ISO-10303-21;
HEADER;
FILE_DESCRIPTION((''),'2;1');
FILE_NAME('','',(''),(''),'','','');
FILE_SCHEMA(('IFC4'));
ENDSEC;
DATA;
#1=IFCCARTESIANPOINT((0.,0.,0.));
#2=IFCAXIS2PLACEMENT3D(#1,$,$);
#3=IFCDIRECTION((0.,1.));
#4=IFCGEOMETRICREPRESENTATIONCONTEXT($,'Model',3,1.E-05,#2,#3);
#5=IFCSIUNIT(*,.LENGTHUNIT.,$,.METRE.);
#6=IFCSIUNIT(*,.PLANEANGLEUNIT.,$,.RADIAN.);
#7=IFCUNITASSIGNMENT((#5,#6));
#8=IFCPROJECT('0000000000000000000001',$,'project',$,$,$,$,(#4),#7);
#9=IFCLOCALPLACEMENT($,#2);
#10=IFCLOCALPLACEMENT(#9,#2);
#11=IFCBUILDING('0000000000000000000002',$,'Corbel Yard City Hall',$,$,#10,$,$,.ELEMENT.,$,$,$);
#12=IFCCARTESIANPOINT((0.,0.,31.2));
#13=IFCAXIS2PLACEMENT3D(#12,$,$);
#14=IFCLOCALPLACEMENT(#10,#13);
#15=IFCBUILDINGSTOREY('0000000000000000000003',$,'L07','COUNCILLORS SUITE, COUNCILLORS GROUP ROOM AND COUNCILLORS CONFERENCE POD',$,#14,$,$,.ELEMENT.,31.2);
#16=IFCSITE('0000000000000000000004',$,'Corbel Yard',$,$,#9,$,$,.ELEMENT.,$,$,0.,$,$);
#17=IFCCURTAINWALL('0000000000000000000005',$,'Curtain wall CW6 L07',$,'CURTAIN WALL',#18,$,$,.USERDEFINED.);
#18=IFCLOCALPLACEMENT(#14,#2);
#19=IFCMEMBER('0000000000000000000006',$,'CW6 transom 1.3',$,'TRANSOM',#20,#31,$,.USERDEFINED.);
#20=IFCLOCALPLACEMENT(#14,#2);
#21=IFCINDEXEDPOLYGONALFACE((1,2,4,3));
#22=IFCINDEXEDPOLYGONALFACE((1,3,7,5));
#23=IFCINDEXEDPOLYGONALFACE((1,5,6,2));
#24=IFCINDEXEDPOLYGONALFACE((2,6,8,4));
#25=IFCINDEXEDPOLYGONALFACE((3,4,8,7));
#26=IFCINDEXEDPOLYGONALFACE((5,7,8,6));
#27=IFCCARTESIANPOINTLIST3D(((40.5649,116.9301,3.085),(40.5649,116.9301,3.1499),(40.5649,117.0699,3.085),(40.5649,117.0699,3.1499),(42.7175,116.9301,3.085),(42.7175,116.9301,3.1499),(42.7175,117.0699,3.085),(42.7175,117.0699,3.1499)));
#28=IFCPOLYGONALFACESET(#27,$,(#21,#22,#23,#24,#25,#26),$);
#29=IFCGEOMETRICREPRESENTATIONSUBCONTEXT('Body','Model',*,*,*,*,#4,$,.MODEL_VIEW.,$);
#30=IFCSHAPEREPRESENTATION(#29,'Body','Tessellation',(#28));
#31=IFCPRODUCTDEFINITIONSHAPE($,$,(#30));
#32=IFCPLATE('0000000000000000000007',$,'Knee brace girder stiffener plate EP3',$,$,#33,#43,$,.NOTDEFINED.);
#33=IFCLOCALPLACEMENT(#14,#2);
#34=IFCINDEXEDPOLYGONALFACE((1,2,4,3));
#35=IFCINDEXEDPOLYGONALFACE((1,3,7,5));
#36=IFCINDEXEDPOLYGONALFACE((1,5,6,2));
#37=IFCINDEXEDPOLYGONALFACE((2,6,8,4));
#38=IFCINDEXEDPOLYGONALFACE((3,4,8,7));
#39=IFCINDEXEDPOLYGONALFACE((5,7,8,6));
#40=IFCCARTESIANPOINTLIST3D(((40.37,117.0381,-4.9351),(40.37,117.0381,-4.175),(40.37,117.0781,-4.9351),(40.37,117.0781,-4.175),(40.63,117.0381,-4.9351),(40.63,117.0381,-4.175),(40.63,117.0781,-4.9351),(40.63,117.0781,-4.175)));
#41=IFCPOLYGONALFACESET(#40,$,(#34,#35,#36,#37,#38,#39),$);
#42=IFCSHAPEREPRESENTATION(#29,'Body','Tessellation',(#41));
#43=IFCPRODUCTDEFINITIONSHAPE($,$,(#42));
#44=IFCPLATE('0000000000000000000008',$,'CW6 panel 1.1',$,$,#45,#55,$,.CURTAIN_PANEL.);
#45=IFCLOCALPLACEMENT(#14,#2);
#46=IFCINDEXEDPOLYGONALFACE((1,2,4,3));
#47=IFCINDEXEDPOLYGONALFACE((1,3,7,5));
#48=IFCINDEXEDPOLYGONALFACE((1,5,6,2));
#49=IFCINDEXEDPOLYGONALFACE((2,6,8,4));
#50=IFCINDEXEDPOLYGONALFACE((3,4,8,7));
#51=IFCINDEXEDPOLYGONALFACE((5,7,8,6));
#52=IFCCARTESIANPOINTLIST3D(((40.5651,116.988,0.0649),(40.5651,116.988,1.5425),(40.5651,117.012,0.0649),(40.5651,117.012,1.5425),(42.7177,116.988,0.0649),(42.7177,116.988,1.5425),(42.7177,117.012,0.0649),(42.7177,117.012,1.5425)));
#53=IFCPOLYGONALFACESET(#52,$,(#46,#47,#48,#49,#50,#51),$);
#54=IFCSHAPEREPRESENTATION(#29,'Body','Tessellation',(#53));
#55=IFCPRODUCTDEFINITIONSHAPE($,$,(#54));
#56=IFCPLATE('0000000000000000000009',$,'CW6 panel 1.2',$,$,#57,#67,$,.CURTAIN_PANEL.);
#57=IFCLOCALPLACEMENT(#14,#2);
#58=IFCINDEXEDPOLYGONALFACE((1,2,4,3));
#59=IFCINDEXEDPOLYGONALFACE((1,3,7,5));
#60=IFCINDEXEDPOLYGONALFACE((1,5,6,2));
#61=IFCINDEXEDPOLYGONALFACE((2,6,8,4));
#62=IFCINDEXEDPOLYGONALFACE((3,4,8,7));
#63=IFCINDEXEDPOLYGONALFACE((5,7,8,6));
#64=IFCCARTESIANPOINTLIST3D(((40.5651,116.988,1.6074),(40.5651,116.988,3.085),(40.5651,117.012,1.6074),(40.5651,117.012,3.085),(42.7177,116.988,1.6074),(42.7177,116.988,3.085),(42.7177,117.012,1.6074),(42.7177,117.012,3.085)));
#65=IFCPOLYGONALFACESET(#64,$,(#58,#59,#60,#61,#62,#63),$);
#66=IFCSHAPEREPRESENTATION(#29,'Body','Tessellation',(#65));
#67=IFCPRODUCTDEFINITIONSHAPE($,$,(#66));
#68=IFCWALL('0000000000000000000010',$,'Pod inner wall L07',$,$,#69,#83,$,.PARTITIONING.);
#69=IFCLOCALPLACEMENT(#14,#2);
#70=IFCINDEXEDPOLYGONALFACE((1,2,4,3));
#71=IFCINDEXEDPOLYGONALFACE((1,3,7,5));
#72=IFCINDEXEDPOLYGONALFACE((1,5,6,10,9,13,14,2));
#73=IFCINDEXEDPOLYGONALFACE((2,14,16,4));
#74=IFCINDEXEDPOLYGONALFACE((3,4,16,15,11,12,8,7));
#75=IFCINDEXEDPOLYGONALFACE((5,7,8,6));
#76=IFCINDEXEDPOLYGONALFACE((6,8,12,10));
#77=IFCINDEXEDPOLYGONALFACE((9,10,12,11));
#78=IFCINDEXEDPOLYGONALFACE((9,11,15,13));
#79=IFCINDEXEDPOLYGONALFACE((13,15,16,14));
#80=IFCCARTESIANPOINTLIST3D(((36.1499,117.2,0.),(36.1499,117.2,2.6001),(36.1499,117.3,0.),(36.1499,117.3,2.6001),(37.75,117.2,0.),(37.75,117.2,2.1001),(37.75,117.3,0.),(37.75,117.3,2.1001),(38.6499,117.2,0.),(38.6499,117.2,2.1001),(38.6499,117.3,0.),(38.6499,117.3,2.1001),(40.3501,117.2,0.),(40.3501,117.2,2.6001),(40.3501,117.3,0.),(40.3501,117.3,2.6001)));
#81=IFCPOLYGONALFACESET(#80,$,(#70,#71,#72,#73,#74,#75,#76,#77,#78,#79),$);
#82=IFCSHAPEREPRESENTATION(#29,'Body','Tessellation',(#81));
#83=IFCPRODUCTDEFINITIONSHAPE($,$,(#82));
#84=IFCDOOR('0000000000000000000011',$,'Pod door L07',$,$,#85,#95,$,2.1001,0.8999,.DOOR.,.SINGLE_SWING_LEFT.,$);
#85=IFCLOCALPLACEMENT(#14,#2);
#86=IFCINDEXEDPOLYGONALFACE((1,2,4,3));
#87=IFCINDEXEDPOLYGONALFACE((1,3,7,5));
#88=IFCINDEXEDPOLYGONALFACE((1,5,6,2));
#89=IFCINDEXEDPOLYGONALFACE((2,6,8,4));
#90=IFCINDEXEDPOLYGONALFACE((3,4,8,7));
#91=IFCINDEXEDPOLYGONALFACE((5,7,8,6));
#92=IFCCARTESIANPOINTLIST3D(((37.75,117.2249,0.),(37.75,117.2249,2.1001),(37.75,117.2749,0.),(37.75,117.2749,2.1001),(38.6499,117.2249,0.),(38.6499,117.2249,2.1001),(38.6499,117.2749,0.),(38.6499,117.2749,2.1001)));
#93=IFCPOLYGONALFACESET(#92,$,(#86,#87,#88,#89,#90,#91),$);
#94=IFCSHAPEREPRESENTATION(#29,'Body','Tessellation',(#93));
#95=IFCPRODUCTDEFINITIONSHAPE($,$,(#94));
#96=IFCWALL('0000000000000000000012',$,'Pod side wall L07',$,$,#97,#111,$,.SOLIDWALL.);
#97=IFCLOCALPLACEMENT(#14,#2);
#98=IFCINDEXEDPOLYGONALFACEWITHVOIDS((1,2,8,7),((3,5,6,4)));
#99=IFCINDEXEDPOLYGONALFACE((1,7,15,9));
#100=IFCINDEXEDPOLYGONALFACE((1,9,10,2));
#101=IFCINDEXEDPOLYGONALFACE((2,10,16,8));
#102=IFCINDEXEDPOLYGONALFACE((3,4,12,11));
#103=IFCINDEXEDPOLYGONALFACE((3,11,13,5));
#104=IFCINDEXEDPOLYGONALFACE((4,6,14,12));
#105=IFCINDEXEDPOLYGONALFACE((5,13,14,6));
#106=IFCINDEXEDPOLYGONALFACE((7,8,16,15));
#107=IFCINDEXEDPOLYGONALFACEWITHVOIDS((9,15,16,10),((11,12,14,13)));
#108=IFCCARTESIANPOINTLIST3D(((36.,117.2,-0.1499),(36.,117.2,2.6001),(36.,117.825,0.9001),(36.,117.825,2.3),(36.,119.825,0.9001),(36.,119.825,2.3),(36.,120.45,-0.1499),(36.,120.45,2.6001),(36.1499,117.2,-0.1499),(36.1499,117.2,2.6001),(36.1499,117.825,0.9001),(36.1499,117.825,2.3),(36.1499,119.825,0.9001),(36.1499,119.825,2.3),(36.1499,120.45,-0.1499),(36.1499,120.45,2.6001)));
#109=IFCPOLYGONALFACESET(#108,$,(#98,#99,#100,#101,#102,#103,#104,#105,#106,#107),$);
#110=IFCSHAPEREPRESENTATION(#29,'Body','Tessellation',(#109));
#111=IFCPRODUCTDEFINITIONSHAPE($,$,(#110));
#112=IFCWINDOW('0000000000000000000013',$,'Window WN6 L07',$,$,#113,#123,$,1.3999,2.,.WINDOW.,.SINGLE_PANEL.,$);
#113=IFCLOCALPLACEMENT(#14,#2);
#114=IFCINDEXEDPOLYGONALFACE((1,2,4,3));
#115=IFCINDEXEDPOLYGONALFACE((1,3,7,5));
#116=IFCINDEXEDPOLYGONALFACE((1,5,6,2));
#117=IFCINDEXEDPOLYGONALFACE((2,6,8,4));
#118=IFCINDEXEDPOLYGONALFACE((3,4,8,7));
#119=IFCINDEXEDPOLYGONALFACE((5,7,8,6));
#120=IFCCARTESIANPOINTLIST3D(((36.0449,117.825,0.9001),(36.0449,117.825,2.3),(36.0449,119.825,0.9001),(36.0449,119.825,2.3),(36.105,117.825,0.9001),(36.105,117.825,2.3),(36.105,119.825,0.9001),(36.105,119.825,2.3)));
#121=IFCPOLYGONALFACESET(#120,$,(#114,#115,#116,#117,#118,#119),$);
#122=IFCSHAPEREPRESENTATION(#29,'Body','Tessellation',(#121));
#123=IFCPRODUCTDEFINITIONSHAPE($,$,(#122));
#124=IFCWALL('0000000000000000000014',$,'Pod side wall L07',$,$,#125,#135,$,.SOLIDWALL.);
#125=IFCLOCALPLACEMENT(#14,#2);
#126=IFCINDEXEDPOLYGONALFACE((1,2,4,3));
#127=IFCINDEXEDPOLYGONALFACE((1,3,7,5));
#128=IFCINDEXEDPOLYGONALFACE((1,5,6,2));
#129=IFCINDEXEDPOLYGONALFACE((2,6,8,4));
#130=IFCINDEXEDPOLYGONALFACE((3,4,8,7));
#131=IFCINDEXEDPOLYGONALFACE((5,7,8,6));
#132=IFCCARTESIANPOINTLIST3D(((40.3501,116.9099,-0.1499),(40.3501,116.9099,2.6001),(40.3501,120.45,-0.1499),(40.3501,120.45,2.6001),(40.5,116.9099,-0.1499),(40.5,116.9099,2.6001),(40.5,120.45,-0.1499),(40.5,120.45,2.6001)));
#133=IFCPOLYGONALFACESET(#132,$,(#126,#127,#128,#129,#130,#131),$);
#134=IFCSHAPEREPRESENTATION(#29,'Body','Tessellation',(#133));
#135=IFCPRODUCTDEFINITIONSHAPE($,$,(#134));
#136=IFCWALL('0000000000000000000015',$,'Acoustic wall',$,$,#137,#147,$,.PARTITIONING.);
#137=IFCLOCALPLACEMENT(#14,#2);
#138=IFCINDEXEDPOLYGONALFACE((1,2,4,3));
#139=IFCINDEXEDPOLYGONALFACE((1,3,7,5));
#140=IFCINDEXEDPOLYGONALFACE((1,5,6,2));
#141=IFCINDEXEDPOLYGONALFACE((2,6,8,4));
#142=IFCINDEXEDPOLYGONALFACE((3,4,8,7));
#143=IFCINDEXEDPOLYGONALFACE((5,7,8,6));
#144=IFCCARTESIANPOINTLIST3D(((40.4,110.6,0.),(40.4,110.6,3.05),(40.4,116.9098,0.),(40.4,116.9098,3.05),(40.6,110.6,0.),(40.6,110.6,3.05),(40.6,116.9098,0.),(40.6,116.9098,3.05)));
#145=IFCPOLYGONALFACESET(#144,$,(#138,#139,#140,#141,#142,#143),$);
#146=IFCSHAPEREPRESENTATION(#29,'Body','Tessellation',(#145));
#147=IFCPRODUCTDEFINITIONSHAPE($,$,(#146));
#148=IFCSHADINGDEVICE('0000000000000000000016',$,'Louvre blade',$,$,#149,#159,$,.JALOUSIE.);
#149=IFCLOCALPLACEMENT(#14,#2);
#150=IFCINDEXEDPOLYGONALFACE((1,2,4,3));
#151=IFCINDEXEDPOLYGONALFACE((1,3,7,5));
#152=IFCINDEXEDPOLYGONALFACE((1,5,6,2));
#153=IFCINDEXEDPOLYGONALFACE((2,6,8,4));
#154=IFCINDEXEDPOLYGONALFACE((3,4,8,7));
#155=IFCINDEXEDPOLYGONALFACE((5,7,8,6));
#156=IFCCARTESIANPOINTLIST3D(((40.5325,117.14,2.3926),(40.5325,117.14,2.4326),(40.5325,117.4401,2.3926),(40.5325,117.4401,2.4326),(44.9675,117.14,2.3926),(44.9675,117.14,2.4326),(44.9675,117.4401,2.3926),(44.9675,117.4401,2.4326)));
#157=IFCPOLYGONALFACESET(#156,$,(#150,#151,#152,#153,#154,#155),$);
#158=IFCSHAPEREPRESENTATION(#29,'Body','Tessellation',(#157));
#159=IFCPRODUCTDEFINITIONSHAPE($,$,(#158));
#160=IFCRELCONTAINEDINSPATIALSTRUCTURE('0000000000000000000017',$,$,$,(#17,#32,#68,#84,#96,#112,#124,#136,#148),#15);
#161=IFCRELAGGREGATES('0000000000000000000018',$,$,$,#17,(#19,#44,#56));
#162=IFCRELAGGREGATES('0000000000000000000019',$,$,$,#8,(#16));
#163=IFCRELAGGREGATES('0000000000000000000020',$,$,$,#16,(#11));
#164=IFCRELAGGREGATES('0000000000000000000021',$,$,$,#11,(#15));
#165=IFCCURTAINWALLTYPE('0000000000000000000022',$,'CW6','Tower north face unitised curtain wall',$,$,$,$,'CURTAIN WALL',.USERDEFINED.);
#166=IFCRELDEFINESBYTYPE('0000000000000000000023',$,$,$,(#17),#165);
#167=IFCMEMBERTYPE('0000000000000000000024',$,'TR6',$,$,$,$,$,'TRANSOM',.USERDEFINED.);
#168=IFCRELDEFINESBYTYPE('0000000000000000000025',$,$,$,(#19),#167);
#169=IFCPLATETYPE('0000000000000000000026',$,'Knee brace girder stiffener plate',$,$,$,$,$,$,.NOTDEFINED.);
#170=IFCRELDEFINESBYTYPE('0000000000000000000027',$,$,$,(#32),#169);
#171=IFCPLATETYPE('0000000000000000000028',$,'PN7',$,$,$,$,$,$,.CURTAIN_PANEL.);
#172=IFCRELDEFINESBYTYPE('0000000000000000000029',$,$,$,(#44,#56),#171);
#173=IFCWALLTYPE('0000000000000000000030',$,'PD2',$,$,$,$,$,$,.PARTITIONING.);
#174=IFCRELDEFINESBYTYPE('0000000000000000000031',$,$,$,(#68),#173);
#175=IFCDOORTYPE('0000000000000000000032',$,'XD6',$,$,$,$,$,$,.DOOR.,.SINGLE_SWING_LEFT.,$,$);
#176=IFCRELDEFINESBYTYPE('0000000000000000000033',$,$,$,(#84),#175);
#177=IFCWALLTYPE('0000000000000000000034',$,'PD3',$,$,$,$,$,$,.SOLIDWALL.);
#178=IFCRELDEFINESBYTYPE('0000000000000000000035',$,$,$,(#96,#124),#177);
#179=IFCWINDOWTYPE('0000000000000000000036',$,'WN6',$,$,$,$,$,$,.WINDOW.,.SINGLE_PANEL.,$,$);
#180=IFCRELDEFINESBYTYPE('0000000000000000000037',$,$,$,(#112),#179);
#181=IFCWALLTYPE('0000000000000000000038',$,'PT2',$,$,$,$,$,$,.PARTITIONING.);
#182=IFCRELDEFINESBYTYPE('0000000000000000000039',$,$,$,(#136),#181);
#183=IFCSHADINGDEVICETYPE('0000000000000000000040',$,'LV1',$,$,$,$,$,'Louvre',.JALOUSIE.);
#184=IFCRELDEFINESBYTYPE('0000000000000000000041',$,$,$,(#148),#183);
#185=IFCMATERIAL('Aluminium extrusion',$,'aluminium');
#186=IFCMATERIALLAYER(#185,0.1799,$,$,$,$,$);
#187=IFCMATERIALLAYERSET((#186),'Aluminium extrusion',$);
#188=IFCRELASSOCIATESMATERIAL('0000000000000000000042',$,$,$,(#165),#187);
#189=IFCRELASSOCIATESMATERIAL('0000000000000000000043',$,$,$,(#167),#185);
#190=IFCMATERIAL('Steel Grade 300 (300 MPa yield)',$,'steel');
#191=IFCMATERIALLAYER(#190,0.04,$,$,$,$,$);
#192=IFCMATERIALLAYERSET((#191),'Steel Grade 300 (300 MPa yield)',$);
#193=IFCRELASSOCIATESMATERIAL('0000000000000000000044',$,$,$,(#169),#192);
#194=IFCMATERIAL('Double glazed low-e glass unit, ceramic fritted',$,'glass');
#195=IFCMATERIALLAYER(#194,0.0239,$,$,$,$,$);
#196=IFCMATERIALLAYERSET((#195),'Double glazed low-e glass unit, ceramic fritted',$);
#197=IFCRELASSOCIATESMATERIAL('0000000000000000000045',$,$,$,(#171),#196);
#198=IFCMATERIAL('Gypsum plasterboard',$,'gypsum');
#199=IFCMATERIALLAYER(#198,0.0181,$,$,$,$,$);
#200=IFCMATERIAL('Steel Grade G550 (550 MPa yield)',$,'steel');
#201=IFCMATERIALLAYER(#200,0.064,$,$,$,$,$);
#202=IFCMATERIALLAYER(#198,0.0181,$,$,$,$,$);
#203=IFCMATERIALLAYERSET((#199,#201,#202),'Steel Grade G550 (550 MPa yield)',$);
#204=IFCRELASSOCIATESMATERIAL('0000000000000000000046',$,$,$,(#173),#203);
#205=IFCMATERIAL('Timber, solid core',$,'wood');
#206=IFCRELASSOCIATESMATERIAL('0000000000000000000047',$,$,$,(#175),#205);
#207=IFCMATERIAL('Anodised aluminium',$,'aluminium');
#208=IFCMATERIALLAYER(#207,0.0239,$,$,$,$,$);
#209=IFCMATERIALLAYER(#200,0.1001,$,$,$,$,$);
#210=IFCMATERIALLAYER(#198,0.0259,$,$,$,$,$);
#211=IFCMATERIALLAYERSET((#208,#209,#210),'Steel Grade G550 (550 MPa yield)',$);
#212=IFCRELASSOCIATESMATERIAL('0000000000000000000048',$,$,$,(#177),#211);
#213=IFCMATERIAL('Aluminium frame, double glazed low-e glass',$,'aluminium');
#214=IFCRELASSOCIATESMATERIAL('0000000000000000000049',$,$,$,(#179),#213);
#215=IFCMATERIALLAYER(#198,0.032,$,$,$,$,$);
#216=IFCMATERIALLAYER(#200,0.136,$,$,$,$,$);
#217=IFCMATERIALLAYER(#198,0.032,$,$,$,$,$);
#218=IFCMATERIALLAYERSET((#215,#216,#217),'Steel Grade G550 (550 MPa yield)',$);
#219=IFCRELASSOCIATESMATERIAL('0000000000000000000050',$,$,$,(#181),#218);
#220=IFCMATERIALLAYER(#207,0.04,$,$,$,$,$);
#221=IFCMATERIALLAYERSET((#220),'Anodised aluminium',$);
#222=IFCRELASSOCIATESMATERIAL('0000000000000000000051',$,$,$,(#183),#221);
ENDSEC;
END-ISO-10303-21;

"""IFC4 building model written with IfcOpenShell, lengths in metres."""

from ifc_helpers import new_model, si_unit, direction, frame, frame_2d, origin, origin_2d, place, context, subcontext, project, spatial, rectangle, extrude, material, layer, layer_set, material_profile, profile_set, type_object, element, fill, aggregate, save


model = new_model("IFC4")

# Units and contexts
model_context = context("Model", 3, precision=1e-05, world=origin(), true_north=direction((0.0, 1.0)))
body_context = subcontext(model_context, "Body", "Model", "MODEL_VIEW")
ifc_project = project(units=[si_unit("LENGTHUNIT", "METRE"), si_unit("PLANEANGLEUNIT", "RADIAN")], contexts=[model_context])

# Site, building, storey
site_placement = place(None, origin())
site = spatial("IfcSite", under=ifc_project, at=site_placement, Name="Corbel Yard", CompositionType="ELEMENT", RefElevation=0.0)
building_placement = place(site_placement, origin())
building = spatial("IfcBuilding", under=site, at=building_placement, Name="Corbel Yard City Hall", CompositionType="ELEMENT")
storey_placement = place(building_placement, frame((0.0, 0.0, 31.2)))
storey = spatial("IfcBuildingStorey", under=building, at=storey_placement, Name="L07", Description="COUNCILLORS SUITE, COUNCILLORS GROUP ROOM AND COUNCILLORS CONFERENCE POD", CompositionType="ELEMENT", Elevation=31.2)

# Curtain wall
ifc_material_1 = material(Name="Aluminium extrusion", Category="aluminium")
ifc_layer_1 = layer(ifc_material_1, 0.1799)
ifc_layer_set_1 = layer_set([ifc_layer_1], Name="Aluminium extrusion")
curtain_wall_type = type_object("IfcCurtainWallType", Name="CW6", Description="Tower north face unitised curtain wall", ElementType="CURTAIN WALL", PredefinedType="USERDEFINED", material=ifc_layer_set_1)
curtain_wall_placement = place(storey_placement, origin())
curtain_wall = element("IfcCurtainWall", 1, at=curtain_wall_placement, inside=storey, type_object=curtain_wall_type, Name="Curtain wall CW6 L07", ObjectType="CURTAIN WALL", PredefinedType="USERDEFINED")

# Shared definitions
ifc_material_2 = material(Name="Steel Grade 300 (300 MPa yield)", Category="steel")

# Member
ifc_material_profile_1 = material_profile(ifc_material_1, rectangle(XDim=0.1399, YDim=0.0649, at=origin_2d()), Name="140x65")
ifc_profile_set_1 = profile_set([ifc_material_profile_1], Name="Aluminium extrusion")
member_type_1 = type_object("IfcMemberType", Name="TR6", ElementType="TRANSOM", PredefinedType="USERDEFINED", material=ifc_profile_set_1)
member_1_placement = place(storey_placement, frame((40.5649, 117.0, 3.1174), z_axis=(1.0, 0.0, 0.0), x_axis=(0.0, 1.0, 0.0)))
member_1 = element("IfcMember", 2, at=member_1_placement, type_object=member_type_1, Name="CW6 transom 1.3", ObjectType="TRANSOM", PredefinedType="USERDEFINED", context=body_context, shape_type="SweptSolid", body=[
    extrude(rectangle(XDim=0.1399, YDim=0.0649, at=origin_2d()), origin(), (0.0, 0.0, 1.0), 2.1526),
])

# Plates
ifc_layer_2 = layer(ifc_material_2, 0.04)
ifc_layer_set_2 = layer_set([ifc_layer_2], Name="Steel Grade 300 (300 MPa yield)")
plate_type_1 = type_object("IfcPlateType", Name="Knee brace girder stiffener plate", PredefinedType="NOTDEFINED", material=ifc_layer_set_2)
plate_1_placement = place(storey_placement, frame((40.5, 117.0581, -4.9351), z_axis=(0.0, 0.0, 1.0), x_axis=(1.0, 0.0, 0.0)))
element("IfcPlate", 3, at=plate_1_placement, inside=storey, type_object=plate_type_1, Name="Knee brace girder stiffener plate EP3", PredefinedType="NOTDEFINED", context=body_context, shape_type="SweptSolid", body=[
    extrude(rectangle(XDim=0.26, YDim=0.04, at=origin_2d()), origin(), (0.0, 0.0, 1.0), 0.76),
])
ifc_material_3 = material(Name="Double glazed low-e glass unit, ceramic fritted", Category="glass")
ifc_layer_3 = layer(ifc_material_3, 0.0239)
ifc_layer_set_3 = layer_set([ifc_layer_3], Name="Double glazed low-e glass unit, ceramic fritted")
plate_type_2 = type_object("IfcPlateType", Name="PN7", PredefinedType="CURTAIN_PANEL", material=ifc_layer_set_3)
plate_2_placement = place(storey_placement, frame((41.6414, 117.0, 0.0649), z_axis=(0.0, 0.0, 1.0), x_axis=(1.0, 0.0, 0.0)))
plate_2 = element("IfcPlate", 4, at=plate_2_placement, type_object=plate_type_2, Name="CW6 panel 1.1", PredefinedType="CURTAIN_PANEL", context=body_context, shape_type="SweptSolid", body=[
    extrude(rectangle(XDim=2.1526, YDim=0.0239, at=origin_2d()), origin(), (0.0, 0.0, 1.0), 1.4775),
])
plate_3_placement = place(storey_placement, frame((41.6414, 117.0, 1.6074), z_axis=(0.0, 0.0, 1.0), x_axis=(1.0, 0.0, 0.0)))
plate_3 = element("IfcPlate", 5, at=plate_3_placement, type_object=plate_type_2, Name="CW6 panel 1.2", PredefinedType="CURTAIN_PANEL", context=body_context, shape_type="SweptSolid", body=[
    extrude(rectangle(XDim=2.1526, YDim=0.0239, at=origin_2d()), origin(), (0.0, 0.0, 1.0), 1.4775),
])
aggregate(curtain_wall, [member_1, plate_2, plate_3])

# Wall, opening, door
ifc_material_4 = material(Name="Gypsum plasterboard", Category="gypsum")
ifc_layer_4 = layer(ifc_material_4, 0.0181)
ifc_material_5 = material(Name="Steel Grade G550 (550 MPa yield)", Category="steel")
ifc_layer_5 = layer(ifc_material_5, 0.064)
ifc_layer_6 = layer(ifc_material_4, 0.0181)
ifc_layer_set_4 = layer_set([ifc_layer_4, ifc_layer_5, ifc_layer_6], Name="Steel Grade G550 (550 MPa yield)")
wall_type_1 = type_object("IfcWallType", Name="PD2", PredefinedType="PARTITIONING", material=ifc_layer_set_4)
wall_1_placement = place(storey_placement, frame((36.1499, 117.25, 0.0), z_axis=(0.0, 0.0, 1.0), x_axis=(1.0, 0.0, 0.0)))
wall_1 = element("IfcWall", 6, at=wall_1_placement, inside=storey, type_object=wall_type_1, Name="Pod inner wall L07", PredefinedType="PARTITIONING", context=body_context, shape_type="SweptSolid", body=[
    extrude(rectangle(XDim=4.2002, YDim=0.1001, at=frame_2d((2.1001, 0.0))), origin(), (0.0, 0.0, 1.0), 2.6001),
])
opening_1_placement = place(wall_1_placement, frame((1.6001, 0.0, 0.0)))
opening_1 = element("IfcOpeningElement", 7, at=opening_1_placement, cuts=wall_1, PredefinedType="OPENING", context=body_context, shape_type="SweptSolid", body=[
    extrude(rectangle(XDim=0.8999, YDim=2.1001, at=frame_2d((0.45, 1.05))), frame((0.0, 0.0601, 0.0), z_axis=(0.0, -1.0, 0.0), x_axis=(1.0, 0.0, 0.0)), (0.0, 0.0, 1.0), 0.1201),
])
ifc_material_6 = material(Name="Timber, solid core", Category="wood")
door_type = type_object("IfcDoorType", Name="XD6", OperationType="SINGLE_SWING_LEFT", PredefinedType="DOOR", material=ifc_material_6)
door_placement = place(opening_1_placement, origin())
door = element("IfcDoor", 8, at=door_placement, inside=storey, type_object=door_type, Name="Pod door L07", OperationType="SINGLE_SWING_LEFT", OverallHeight=2.1001, OverallWidth=0.8999, PredefinedType="DOOR", context=body_context, shape_type="SweptSolid", body=[
    extrude(rectangle(XDim=0.8999, YDim=2.1001, at=frame_2d((0.45, 1.05))), frame((0.0, 0.0249, 0.0), z_axis=(0.0, -1.0, 0.0), x_axis=(1.0, 0.0, 0.0)), (0.0, 0.0, 1.0), 0.05),
])
fill(opening_1, door)

# Wall, opening, window
ifc_material_7 = material(Name="Anodised aluminium", Category="aluminium")
ifc_layer_7 = layer(ifc_material_7, 0.0239)
ifc_layer_8 = layer(ifc_material_5, 0.1001)
ifc_layer_9 = layer(ifc_material_4, 0.0259)
ifc_layer_set_5 = layer_set([ifc_layer_7, ifc_layer_8, ifc_layer_9], Name="Steel Grade G550 (550 MPa yield)")
wall_type_2 = type_object("IfcWallType", Name="PD3", PredefinedType="SOLIDWALL", material=ifc_layer_set_5)
wall_2_placement = place(storey_placement, frame((36.075, 120.45, -0.1499), z_axis=(0.0, 0.0, 1.0), x_axis=(0.0, -1.0, 0.0)))
wall_2 = element("IfcWall", 9, at=wall_2_placement, inside=storey, type_object=wall_type_2, Name="Pod side wall L07", PredefinedType="SOLIDWALL", context=body_context, shape_type="SweptSolid", body=[
    extrude(rectangle(XDim=3.25, YDim=0.1499, at=frame_2d((1.625, 0.0))), origin(), (0.0, 0.0, 1.0), 2.75),
])
opening_2_placement = place(wall_2_placement, frame((0.625, 0.0, 1.05)))
opening_2 = element("IfcOpeningElement", 10, at=opening_2_placement, cuts=wall_2, PredefinedType="OPENING", context=body_context, shape_type="SweptSolid", body=[
    extrude(rectangle(XDim=2.0, YDim=1.3999, at=frame_2d((1.0, 0.7))), frame((0.0, 0.085, 0.0), z_axis=(0.0, -1.0, 0.0), x_axis=(1.0, 0.0, 0.0)), (0.0, 0.0, 1.0), 0.1699),
])
ifc_material_8 = material(Name="Aluminium frame, double glazed low-e glass", Category="aluminium")
window_type = type_object("IfcWindowType", Name="WN6", PartitioningType="SINGLE_PANEL", PredefinedType="WINDOW", material=ifc_material_8)
window_placement = place(opening_2_placement, origin())
window = element("IfcWindow", 11, at=window_placement, inside=storey, type_object=window_type, Name="Window WN6 L07", OverallHeight=1.3999, OverallWidth=2.0, PartitioningType="SINGLE_PANEL", PredefinedType="WINDOW", context=body_context, shape_type="SweptSolid", body=[
    extrude(rectangle(XDim=2.0, YDim=1.3999, at=frame_2d((1.0, 0.7))), frame((0.0, 0.03, 0.0), z_axis=(0.0, -1.0, 0.0), x_axis=(1.0, 0.0, 0.0)), (0.0, 0.0, 1.0), 0.0601),
])
fill(opening_2, window)

# Walls
wall_3_placement = place(storey_placement, frame((40.425, 120.45, -0.1499), z_axis=(0.0, 0.0, 1.0), x_axis=(0.0, -1.0, 0.0)))
element("IfcWall", 12, at=wall_3_placement, inside=storey, type_object=wall_type_2, Name="Pod side wall L07", PredefinedType="SOLIDWALL", context=body_context, shape_type="SweptSolid", body=[
    extrude(rectangle(XDim=3.54, YDim=0.1499, at=frame_2d((1.77, 0.0))), origin(), (0.0, 0.0, 1.0), 2.75),
])
ifc_layer_10 = layer(ifc_material_4, 0.032)
ifc_layer_11 = layer(ifc_material_5, 0.136)
ifc_layer_12 = layer(ifc_material_4, 0.032)
ifc_layer_set_6 = layer_set([ifc_layer_10, ifc_layer_11, ifc_layer_12], Name="Steel Grade G550 (550 MPa yield)")
wall_type_3 = type_object("IfcWallType", Name="PT2", PredefinedType="PARTITIONING", material=ifc_layer_set_6)
wall_4_placement = place(storey_placement, frame((40.5, 110.6001, 0.0), z_axis=(0.0, 0.0, 1.0), x_axis=(0.0, 1.0, 0.0)))
element("IfcWall", 13, at=wall_4_placement, inside=storey, type_object=wall_type_3, Name="Acoustic wall", PredefinedType="PARTITIONING", context=body_context, shape_type="SweptSolid", body=[
    extrude(rectangle(XDim=6.3098, YDim=0.2, at=frame_2d((3.1548, 0.0))), origin(), (0.0, 0.0, 1.0), 3.05),
])

# Shading device
ifc_layer_13 = layer(ifc_material_7, 0.04)
ifc_layer_set_7 = layer_set([ifc_layer_13], Name="Anodised aluminium")
shading_device_type = type_object("IfcShadingDeviceType", Name="LV1", ElementType="Louvre", PredefinedType="JALOUSIE", material=ifc_layer_set_7)
shading_device_placement = place(storey_placement, frame((42.75, 117.29, 2.3926), z_axis=(0.0, 0.0, 1.0), x_axis=(1.0, 0.0, 0.0)))
element("IfcShadingDevice", 14, at=shading_device_placement, inside=storey, type_object=shading_device_type, Name="Louvre blade", PredefinedType="JALOUSIE", context=body_context, shape_type="SweptSolid", body=[
    extrude(rectangle(XDim=4.4351, YDim=0.3, at=origin_2d()), origin(), (0.0, 0.0, 1.0), 0.04),
])

save(model, "model.ifc")
